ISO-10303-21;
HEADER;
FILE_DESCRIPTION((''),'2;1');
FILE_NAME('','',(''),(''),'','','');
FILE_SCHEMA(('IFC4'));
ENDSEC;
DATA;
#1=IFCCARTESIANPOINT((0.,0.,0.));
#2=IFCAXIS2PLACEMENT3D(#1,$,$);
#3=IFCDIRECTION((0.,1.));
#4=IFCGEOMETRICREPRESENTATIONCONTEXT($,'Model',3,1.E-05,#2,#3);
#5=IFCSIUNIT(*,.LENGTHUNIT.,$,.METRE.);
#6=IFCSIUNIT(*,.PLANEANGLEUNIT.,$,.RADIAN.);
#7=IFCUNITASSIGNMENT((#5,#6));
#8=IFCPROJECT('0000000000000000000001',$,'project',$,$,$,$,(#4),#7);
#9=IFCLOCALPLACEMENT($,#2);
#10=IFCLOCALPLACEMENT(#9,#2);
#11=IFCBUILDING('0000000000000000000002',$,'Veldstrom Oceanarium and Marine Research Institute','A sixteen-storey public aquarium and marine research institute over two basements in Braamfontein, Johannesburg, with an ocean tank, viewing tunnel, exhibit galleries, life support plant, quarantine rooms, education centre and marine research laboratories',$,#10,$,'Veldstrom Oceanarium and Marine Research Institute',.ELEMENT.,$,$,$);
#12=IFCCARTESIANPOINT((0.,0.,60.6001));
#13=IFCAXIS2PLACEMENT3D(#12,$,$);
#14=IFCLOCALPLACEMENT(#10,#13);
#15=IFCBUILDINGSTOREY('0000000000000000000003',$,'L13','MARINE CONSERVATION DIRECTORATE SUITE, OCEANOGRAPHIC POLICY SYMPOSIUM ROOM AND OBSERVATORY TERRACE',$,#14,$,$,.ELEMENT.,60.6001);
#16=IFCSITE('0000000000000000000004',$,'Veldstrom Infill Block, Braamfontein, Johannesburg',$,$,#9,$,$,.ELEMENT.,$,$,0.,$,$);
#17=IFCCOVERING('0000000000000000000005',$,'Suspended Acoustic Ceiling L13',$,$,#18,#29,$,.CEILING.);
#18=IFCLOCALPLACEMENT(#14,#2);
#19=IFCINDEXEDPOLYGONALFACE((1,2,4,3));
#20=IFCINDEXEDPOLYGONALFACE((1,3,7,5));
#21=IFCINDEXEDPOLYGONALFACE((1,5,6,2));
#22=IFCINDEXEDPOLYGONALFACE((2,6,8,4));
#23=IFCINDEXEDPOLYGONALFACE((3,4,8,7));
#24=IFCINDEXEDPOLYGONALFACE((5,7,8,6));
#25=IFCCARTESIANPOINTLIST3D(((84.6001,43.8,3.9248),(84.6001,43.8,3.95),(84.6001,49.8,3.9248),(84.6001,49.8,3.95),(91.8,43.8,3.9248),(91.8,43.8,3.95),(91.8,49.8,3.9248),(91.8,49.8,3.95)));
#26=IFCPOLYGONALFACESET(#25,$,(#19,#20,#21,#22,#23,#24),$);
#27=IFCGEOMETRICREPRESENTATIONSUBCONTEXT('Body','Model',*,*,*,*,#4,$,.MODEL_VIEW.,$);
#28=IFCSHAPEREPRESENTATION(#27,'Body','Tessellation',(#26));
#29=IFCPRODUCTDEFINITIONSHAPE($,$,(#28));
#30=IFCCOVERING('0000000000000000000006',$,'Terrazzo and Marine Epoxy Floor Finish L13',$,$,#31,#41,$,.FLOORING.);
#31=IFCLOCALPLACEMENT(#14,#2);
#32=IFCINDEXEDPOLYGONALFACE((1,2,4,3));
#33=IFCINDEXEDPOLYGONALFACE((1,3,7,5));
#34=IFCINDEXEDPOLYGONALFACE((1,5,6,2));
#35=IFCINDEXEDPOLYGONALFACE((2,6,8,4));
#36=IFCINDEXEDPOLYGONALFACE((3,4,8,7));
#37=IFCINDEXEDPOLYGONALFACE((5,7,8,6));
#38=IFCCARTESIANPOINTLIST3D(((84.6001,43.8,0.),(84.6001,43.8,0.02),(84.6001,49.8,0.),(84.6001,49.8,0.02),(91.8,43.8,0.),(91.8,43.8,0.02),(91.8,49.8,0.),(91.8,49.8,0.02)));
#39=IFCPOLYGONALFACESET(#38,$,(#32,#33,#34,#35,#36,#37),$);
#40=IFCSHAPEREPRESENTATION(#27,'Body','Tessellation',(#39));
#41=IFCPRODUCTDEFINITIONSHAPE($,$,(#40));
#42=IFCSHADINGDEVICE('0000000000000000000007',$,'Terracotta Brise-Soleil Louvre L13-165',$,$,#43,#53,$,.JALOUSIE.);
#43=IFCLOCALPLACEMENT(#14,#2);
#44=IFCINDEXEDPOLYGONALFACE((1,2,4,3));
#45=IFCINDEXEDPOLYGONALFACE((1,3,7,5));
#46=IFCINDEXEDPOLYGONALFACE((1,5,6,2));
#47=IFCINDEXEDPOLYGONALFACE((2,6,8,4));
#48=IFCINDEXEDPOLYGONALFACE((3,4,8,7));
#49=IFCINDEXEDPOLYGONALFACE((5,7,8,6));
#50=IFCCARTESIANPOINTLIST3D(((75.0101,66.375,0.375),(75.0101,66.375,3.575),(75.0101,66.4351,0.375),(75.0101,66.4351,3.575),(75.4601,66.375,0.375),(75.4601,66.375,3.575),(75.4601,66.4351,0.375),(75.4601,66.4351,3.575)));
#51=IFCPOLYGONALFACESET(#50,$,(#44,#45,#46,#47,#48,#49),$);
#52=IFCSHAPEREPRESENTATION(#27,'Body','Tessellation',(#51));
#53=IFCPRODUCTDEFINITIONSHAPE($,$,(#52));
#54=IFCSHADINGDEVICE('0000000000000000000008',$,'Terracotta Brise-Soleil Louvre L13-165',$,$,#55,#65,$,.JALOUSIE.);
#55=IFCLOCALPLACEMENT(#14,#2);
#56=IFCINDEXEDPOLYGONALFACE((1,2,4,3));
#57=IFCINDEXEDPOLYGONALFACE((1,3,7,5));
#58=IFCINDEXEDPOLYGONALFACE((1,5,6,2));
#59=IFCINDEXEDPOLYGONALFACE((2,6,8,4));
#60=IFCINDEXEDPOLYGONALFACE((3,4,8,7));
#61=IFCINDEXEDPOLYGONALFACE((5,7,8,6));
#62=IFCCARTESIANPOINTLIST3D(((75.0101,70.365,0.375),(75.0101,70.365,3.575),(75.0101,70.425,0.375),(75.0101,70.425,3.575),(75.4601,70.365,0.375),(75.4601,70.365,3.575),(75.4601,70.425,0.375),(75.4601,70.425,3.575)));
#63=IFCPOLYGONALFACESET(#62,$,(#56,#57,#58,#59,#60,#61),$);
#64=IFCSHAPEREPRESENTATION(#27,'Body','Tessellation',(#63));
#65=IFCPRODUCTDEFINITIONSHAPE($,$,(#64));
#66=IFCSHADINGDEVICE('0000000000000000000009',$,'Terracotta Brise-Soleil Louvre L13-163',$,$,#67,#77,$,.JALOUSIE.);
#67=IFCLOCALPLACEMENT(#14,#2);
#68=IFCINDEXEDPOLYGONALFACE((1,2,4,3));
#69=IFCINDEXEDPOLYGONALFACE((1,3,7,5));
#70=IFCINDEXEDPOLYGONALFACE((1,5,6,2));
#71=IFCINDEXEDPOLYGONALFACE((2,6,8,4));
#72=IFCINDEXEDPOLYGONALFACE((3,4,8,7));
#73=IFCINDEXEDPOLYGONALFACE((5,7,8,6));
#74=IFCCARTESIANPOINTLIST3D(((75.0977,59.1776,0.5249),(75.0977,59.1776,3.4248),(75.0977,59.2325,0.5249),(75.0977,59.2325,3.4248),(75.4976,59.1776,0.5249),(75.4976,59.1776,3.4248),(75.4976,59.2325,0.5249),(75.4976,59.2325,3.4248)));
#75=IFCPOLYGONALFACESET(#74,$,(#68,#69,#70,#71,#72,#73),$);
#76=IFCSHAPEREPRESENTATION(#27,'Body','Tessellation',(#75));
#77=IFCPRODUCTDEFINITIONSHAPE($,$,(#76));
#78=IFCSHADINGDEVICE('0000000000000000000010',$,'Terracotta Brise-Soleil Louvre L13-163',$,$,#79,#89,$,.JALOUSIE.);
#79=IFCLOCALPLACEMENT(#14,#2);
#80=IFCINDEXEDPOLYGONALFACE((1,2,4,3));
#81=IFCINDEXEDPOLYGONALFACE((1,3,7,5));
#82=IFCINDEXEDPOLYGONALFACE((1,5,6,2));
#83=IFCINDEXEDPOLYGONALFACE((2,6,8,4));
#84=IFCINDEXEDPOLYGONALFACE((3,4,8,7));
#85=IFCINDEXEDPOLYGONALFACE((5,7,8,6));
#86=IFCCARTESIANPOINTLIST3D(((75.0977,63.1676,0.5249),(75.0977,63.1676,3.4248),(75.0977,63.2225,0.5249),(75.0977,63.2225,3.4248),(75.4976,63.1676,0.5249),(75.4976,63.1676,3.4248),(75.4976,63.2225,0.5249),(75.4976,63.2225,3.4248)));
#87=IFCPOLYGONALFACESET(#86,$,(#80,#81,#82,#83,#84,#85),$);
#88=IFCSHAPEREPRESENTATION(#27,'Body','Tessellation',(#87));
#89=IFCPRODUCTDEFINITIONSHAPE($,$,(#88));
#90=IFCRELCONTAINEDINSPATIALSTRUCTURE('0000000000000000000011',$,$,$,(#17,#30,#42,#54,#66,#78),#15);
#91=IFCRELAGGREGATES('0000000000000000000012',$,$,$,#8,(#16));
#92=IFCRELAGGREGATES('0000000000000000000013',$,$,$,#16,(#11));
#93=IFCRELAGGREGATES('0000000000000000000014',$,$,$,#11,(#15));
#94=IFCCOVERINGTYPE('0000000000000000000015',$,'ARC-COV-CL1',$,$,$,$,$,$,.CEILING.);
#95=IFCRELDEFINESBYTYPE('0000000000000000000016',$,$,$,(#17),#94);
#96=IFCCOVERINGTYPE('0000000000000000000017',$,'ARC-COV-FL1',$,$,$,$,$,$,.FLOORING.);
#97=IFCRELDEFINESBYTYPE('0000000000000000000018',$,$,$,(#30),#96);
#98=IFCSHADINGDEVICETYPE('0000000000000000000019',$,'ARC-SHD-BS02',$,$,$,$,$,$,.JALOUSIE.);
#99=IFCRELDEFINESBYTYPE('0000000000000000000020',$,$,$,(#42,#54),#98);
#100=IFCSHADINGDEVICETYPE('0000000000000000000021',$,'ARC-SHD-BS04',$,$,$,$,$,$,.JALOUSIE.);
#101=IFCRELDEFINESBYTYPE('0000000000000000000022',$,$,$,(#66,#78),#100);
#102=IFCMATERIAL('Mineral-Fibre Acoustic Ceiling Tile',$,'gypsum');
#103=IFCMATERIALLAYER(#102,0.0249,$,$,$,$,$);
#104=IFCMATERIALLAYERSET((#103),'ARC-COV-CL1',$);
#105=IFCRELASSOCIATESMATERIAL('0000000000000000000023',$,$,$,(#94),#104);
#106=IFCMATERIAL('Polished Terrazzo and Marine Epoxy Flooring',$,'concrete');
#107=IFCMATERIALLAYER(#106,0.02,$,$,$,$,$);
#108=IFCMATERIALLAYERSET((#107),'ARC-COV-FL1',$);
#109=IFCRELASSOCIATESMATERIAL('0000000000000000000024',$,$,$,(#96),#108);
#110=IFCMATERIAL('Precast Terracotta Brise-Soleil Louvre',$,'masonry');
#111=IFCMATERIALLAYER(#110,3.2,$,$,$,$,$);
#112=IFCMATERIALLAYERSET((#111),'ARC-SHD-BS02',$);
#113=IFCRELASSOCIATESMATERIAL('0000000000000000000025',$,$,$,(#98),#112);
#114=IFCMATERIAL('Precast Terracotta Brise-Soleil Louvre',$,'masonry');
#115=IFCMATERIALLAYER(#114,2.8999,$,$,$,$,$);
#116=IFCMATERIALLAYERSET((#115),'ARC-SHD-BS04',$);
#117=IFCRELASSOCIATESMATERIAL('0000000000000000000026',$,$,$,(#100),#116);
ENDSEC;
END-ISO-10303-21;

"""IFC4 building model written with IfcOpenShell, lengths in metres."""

from ifc_helpers import new_model, si_unit, direction, frame, origin, origin_2d, place, context, subcontext, project, spatial, polyline, rectangle, outline, extrude, material, layer, layer_set, type_object, element, save


model = new_model("IFC4")

# Units and contexts
model_context = context("Model", 3, precision=1e-05, world=origin(), true_north=direction((0.0, 1.0)))
body_context = subcontext(model_context, "Body", "Model", "MODEL_VIEW")
ifc_project = project(units=[si_unit("LENGTHUNIT", "METRE"), si_unit("PLANEANGLEUNIT", "RADIAN")], contexts=[model_context])

# Site, building, storey
site_placement = place(None, origin())
site = spatial("IfcSite", under=ifc_project, at=site_placement, Name="Veldstrom Infill Block, Braamfontein, Johannesburg", CompositionType="ELEMENT", RefElevation=0.0)
building_placement = place(site_placement, origin())
building = spatial("IfcBuilding", under=site, at=building_placement, Name="Veldstrom Oceanarium and Marine Research Institute", Description="A sixteen-storey public aquarium and marine research institute over two basements in Braamfontein, Johannesburg, with an ocean tank, viewing tunnel, exhibit galleries, life support plant, quarantine rooms, education centre and marine research laboratories", LongName="Veldstrom Oceanarium and Marine Research Institute", CompositionType="ELEMENT")
storey_placement = place(building_placement, frame((0.0, 0.0, 60.6001)))
storey = spatial("IfcBuildingStorey", under=building, at=storey_placement, Name="L13", Description="MARINE CONSERVATION DIRECTORATE SUITE, OCEANOGRAPHIC POLICY SYMPOSIUM ROOM AND OBSERVATORY TERRACE", CompositionType="ELEMENT", Elevation=60.6001)

# Coverings
ifc_material_1 = material(Name="Mineral-Fibre Acoustic Ceiling Tile", Category="gypsum")
ifc_layer_1 = layer(ifc_material_1, 0.0249)
ifc_layer_set_1 = layer_set([ifc_layer_1], Name="ARC-COV-CL1")
covering_type_1 = type_object("IfcCoveringType", Name="ARC-COV-CL1", PredefinedType="CEILING", material=ifc_layer_set_1)
covering_1_placement = place(storey_placement, frame((0.0, 0.0, 3.9248)))
element("IfcCovering", 1, at=covering_1_placement, inside=storey, type_object=covering_type_1, Name="Suspended Acoustic Ceiling L13", PredefinedType="CEILING", context=body_context, shape_type="SweptSolid", body=[
    extrude(outline(polyline([(84.6001, 43.8), (91.8, 43.8), (91.8, 49.8), (84.6001, 49.8), (84.6001, 43.8)])), origin(), (0.0, 0.0, 1.0), 0.0251),
])
ifc_material_2 = material(Name="Polished Terrazzo and Marine Epoxy Flooring", Category="concrete")
ifc_layer_2 = layer(ifc_material_2, 0.02)
ifc_layer_set_2 = layer_set([ifc_layer_2], Name="ARC-COV-FL1")
covering_type_2 = type_object("IfcCoveringType", Name="ARC-COV-FL1", PredefinedType="FLOORING", material=ifc_layer_set_2)
covering_2_placement = place(storey_placement, origin())
element("IfcCovering", 2, at=covering_2_placement, inside=storey, type_object=covering_type_2, Name="Terrazzo and Marine Epoxy Floor Finish L13", PredefinedType="FLOORING", context=body_context, shape_type="SweptSolid", body=[
    extrude(outline(polyline([(84.6001, 43.8), (91.8, 43.8), (91.8, 49.8), (84.6001, 49.8), (84.6001, 43.8)])), origin(), (0.0, 0.0, 1.0), 0.02),
])

# Shading devices
ifc_material_3 = material(Name="Precast Terracotta Brise-Soleil Louvre", Category="masonry")
ifc_layer_3 = layer(ifc_material_3, 3.2)
ifc_layer_set_3 = layer_set([ifc_layer_3], Name="ARC-SHD-BS02")
shading_device_type_1 = type_object("IfcShadingDeviceType", Name="ARC-SHD-BS02", PredefinedType="JALOUSIE", material=ifc_layer_set_3)
for number, where, z_axis, x_axis, name in (
    (3, (75.2351, 66.405, 0.375), (0.0, 0.0, 1.0), (1.0, 0.0, 0.0), "Terracotta Brise-Soleil Louvre L13-165"),
    (4, (75.2351, 70.395, 0.375), (0.0, 0.0, 1.0), (1.0, 0.0, 0.0), "Terracotta Brise-Soleil Louvre L13-165"),
):
    element("IfcShadingDevice", number, at=place(storey_placement, frame(where, z_axis=z_axis, x_axis=x_axis)), inside=storey, type_object=shading_device_type_1, Name=name, PredefinedType="JALOUSIE", context=body_context, shape_type="SweptSolid", body=[
        extrude(rectangle(XDim=0.45, YDim=0.0601, at=origin_2d()), origin(), (0.0, 0.0, 1.0), 3.2),
    ])
ifc_material_4 = material(Name="Precast Terracotta Brise-Soleil Louvre", Category="masonry")
ifc_layer_4 = layer(ifc_material_4, 2.8999)
ifc_layer_set_4 = layer_set([ifc_layer_4], Name="ARC-SHD-BS04")
shading_device_type_2 = type_object("IfcShadingDeviceType", Name="ARC-SHD-BS04", PredefinedType="JALOUSIE", material=ifc_layer_set_4)
for number, where, z_axis, x_axis, name in (
    (5, (75.2976, 59.2051, 0.5249), (0.0, 0.0, 1.0), (1.0, 0.0, 0.0), "Terracotta Brise-Soleil Louvre L13-163"),
    (6, (75.2976, 63.1951, 0.5249), (0.0, 0.0, 1.0), (1.0, 0.0, 0.0), "Terracotta Brise-Soleil Louvre L13-163"),
):
    element("IfcShadingDevice", number, at=place(storey_placement, frame(where, z_axis=z_axis, x_axis=x_axis)), inside=storey, type_object=shading_device_type_2, Name=name, PredefinedType="JALOUSIE", context=body_context, shape_type="SweptSolid", body=[
        extrude(rectangle(XDim=0.3999, YDim=0.0549, at=origin_2d()), origin(), (0.0, 0.0, 1.0), 2.8999),
    ])

save(model, "model.ifc")
